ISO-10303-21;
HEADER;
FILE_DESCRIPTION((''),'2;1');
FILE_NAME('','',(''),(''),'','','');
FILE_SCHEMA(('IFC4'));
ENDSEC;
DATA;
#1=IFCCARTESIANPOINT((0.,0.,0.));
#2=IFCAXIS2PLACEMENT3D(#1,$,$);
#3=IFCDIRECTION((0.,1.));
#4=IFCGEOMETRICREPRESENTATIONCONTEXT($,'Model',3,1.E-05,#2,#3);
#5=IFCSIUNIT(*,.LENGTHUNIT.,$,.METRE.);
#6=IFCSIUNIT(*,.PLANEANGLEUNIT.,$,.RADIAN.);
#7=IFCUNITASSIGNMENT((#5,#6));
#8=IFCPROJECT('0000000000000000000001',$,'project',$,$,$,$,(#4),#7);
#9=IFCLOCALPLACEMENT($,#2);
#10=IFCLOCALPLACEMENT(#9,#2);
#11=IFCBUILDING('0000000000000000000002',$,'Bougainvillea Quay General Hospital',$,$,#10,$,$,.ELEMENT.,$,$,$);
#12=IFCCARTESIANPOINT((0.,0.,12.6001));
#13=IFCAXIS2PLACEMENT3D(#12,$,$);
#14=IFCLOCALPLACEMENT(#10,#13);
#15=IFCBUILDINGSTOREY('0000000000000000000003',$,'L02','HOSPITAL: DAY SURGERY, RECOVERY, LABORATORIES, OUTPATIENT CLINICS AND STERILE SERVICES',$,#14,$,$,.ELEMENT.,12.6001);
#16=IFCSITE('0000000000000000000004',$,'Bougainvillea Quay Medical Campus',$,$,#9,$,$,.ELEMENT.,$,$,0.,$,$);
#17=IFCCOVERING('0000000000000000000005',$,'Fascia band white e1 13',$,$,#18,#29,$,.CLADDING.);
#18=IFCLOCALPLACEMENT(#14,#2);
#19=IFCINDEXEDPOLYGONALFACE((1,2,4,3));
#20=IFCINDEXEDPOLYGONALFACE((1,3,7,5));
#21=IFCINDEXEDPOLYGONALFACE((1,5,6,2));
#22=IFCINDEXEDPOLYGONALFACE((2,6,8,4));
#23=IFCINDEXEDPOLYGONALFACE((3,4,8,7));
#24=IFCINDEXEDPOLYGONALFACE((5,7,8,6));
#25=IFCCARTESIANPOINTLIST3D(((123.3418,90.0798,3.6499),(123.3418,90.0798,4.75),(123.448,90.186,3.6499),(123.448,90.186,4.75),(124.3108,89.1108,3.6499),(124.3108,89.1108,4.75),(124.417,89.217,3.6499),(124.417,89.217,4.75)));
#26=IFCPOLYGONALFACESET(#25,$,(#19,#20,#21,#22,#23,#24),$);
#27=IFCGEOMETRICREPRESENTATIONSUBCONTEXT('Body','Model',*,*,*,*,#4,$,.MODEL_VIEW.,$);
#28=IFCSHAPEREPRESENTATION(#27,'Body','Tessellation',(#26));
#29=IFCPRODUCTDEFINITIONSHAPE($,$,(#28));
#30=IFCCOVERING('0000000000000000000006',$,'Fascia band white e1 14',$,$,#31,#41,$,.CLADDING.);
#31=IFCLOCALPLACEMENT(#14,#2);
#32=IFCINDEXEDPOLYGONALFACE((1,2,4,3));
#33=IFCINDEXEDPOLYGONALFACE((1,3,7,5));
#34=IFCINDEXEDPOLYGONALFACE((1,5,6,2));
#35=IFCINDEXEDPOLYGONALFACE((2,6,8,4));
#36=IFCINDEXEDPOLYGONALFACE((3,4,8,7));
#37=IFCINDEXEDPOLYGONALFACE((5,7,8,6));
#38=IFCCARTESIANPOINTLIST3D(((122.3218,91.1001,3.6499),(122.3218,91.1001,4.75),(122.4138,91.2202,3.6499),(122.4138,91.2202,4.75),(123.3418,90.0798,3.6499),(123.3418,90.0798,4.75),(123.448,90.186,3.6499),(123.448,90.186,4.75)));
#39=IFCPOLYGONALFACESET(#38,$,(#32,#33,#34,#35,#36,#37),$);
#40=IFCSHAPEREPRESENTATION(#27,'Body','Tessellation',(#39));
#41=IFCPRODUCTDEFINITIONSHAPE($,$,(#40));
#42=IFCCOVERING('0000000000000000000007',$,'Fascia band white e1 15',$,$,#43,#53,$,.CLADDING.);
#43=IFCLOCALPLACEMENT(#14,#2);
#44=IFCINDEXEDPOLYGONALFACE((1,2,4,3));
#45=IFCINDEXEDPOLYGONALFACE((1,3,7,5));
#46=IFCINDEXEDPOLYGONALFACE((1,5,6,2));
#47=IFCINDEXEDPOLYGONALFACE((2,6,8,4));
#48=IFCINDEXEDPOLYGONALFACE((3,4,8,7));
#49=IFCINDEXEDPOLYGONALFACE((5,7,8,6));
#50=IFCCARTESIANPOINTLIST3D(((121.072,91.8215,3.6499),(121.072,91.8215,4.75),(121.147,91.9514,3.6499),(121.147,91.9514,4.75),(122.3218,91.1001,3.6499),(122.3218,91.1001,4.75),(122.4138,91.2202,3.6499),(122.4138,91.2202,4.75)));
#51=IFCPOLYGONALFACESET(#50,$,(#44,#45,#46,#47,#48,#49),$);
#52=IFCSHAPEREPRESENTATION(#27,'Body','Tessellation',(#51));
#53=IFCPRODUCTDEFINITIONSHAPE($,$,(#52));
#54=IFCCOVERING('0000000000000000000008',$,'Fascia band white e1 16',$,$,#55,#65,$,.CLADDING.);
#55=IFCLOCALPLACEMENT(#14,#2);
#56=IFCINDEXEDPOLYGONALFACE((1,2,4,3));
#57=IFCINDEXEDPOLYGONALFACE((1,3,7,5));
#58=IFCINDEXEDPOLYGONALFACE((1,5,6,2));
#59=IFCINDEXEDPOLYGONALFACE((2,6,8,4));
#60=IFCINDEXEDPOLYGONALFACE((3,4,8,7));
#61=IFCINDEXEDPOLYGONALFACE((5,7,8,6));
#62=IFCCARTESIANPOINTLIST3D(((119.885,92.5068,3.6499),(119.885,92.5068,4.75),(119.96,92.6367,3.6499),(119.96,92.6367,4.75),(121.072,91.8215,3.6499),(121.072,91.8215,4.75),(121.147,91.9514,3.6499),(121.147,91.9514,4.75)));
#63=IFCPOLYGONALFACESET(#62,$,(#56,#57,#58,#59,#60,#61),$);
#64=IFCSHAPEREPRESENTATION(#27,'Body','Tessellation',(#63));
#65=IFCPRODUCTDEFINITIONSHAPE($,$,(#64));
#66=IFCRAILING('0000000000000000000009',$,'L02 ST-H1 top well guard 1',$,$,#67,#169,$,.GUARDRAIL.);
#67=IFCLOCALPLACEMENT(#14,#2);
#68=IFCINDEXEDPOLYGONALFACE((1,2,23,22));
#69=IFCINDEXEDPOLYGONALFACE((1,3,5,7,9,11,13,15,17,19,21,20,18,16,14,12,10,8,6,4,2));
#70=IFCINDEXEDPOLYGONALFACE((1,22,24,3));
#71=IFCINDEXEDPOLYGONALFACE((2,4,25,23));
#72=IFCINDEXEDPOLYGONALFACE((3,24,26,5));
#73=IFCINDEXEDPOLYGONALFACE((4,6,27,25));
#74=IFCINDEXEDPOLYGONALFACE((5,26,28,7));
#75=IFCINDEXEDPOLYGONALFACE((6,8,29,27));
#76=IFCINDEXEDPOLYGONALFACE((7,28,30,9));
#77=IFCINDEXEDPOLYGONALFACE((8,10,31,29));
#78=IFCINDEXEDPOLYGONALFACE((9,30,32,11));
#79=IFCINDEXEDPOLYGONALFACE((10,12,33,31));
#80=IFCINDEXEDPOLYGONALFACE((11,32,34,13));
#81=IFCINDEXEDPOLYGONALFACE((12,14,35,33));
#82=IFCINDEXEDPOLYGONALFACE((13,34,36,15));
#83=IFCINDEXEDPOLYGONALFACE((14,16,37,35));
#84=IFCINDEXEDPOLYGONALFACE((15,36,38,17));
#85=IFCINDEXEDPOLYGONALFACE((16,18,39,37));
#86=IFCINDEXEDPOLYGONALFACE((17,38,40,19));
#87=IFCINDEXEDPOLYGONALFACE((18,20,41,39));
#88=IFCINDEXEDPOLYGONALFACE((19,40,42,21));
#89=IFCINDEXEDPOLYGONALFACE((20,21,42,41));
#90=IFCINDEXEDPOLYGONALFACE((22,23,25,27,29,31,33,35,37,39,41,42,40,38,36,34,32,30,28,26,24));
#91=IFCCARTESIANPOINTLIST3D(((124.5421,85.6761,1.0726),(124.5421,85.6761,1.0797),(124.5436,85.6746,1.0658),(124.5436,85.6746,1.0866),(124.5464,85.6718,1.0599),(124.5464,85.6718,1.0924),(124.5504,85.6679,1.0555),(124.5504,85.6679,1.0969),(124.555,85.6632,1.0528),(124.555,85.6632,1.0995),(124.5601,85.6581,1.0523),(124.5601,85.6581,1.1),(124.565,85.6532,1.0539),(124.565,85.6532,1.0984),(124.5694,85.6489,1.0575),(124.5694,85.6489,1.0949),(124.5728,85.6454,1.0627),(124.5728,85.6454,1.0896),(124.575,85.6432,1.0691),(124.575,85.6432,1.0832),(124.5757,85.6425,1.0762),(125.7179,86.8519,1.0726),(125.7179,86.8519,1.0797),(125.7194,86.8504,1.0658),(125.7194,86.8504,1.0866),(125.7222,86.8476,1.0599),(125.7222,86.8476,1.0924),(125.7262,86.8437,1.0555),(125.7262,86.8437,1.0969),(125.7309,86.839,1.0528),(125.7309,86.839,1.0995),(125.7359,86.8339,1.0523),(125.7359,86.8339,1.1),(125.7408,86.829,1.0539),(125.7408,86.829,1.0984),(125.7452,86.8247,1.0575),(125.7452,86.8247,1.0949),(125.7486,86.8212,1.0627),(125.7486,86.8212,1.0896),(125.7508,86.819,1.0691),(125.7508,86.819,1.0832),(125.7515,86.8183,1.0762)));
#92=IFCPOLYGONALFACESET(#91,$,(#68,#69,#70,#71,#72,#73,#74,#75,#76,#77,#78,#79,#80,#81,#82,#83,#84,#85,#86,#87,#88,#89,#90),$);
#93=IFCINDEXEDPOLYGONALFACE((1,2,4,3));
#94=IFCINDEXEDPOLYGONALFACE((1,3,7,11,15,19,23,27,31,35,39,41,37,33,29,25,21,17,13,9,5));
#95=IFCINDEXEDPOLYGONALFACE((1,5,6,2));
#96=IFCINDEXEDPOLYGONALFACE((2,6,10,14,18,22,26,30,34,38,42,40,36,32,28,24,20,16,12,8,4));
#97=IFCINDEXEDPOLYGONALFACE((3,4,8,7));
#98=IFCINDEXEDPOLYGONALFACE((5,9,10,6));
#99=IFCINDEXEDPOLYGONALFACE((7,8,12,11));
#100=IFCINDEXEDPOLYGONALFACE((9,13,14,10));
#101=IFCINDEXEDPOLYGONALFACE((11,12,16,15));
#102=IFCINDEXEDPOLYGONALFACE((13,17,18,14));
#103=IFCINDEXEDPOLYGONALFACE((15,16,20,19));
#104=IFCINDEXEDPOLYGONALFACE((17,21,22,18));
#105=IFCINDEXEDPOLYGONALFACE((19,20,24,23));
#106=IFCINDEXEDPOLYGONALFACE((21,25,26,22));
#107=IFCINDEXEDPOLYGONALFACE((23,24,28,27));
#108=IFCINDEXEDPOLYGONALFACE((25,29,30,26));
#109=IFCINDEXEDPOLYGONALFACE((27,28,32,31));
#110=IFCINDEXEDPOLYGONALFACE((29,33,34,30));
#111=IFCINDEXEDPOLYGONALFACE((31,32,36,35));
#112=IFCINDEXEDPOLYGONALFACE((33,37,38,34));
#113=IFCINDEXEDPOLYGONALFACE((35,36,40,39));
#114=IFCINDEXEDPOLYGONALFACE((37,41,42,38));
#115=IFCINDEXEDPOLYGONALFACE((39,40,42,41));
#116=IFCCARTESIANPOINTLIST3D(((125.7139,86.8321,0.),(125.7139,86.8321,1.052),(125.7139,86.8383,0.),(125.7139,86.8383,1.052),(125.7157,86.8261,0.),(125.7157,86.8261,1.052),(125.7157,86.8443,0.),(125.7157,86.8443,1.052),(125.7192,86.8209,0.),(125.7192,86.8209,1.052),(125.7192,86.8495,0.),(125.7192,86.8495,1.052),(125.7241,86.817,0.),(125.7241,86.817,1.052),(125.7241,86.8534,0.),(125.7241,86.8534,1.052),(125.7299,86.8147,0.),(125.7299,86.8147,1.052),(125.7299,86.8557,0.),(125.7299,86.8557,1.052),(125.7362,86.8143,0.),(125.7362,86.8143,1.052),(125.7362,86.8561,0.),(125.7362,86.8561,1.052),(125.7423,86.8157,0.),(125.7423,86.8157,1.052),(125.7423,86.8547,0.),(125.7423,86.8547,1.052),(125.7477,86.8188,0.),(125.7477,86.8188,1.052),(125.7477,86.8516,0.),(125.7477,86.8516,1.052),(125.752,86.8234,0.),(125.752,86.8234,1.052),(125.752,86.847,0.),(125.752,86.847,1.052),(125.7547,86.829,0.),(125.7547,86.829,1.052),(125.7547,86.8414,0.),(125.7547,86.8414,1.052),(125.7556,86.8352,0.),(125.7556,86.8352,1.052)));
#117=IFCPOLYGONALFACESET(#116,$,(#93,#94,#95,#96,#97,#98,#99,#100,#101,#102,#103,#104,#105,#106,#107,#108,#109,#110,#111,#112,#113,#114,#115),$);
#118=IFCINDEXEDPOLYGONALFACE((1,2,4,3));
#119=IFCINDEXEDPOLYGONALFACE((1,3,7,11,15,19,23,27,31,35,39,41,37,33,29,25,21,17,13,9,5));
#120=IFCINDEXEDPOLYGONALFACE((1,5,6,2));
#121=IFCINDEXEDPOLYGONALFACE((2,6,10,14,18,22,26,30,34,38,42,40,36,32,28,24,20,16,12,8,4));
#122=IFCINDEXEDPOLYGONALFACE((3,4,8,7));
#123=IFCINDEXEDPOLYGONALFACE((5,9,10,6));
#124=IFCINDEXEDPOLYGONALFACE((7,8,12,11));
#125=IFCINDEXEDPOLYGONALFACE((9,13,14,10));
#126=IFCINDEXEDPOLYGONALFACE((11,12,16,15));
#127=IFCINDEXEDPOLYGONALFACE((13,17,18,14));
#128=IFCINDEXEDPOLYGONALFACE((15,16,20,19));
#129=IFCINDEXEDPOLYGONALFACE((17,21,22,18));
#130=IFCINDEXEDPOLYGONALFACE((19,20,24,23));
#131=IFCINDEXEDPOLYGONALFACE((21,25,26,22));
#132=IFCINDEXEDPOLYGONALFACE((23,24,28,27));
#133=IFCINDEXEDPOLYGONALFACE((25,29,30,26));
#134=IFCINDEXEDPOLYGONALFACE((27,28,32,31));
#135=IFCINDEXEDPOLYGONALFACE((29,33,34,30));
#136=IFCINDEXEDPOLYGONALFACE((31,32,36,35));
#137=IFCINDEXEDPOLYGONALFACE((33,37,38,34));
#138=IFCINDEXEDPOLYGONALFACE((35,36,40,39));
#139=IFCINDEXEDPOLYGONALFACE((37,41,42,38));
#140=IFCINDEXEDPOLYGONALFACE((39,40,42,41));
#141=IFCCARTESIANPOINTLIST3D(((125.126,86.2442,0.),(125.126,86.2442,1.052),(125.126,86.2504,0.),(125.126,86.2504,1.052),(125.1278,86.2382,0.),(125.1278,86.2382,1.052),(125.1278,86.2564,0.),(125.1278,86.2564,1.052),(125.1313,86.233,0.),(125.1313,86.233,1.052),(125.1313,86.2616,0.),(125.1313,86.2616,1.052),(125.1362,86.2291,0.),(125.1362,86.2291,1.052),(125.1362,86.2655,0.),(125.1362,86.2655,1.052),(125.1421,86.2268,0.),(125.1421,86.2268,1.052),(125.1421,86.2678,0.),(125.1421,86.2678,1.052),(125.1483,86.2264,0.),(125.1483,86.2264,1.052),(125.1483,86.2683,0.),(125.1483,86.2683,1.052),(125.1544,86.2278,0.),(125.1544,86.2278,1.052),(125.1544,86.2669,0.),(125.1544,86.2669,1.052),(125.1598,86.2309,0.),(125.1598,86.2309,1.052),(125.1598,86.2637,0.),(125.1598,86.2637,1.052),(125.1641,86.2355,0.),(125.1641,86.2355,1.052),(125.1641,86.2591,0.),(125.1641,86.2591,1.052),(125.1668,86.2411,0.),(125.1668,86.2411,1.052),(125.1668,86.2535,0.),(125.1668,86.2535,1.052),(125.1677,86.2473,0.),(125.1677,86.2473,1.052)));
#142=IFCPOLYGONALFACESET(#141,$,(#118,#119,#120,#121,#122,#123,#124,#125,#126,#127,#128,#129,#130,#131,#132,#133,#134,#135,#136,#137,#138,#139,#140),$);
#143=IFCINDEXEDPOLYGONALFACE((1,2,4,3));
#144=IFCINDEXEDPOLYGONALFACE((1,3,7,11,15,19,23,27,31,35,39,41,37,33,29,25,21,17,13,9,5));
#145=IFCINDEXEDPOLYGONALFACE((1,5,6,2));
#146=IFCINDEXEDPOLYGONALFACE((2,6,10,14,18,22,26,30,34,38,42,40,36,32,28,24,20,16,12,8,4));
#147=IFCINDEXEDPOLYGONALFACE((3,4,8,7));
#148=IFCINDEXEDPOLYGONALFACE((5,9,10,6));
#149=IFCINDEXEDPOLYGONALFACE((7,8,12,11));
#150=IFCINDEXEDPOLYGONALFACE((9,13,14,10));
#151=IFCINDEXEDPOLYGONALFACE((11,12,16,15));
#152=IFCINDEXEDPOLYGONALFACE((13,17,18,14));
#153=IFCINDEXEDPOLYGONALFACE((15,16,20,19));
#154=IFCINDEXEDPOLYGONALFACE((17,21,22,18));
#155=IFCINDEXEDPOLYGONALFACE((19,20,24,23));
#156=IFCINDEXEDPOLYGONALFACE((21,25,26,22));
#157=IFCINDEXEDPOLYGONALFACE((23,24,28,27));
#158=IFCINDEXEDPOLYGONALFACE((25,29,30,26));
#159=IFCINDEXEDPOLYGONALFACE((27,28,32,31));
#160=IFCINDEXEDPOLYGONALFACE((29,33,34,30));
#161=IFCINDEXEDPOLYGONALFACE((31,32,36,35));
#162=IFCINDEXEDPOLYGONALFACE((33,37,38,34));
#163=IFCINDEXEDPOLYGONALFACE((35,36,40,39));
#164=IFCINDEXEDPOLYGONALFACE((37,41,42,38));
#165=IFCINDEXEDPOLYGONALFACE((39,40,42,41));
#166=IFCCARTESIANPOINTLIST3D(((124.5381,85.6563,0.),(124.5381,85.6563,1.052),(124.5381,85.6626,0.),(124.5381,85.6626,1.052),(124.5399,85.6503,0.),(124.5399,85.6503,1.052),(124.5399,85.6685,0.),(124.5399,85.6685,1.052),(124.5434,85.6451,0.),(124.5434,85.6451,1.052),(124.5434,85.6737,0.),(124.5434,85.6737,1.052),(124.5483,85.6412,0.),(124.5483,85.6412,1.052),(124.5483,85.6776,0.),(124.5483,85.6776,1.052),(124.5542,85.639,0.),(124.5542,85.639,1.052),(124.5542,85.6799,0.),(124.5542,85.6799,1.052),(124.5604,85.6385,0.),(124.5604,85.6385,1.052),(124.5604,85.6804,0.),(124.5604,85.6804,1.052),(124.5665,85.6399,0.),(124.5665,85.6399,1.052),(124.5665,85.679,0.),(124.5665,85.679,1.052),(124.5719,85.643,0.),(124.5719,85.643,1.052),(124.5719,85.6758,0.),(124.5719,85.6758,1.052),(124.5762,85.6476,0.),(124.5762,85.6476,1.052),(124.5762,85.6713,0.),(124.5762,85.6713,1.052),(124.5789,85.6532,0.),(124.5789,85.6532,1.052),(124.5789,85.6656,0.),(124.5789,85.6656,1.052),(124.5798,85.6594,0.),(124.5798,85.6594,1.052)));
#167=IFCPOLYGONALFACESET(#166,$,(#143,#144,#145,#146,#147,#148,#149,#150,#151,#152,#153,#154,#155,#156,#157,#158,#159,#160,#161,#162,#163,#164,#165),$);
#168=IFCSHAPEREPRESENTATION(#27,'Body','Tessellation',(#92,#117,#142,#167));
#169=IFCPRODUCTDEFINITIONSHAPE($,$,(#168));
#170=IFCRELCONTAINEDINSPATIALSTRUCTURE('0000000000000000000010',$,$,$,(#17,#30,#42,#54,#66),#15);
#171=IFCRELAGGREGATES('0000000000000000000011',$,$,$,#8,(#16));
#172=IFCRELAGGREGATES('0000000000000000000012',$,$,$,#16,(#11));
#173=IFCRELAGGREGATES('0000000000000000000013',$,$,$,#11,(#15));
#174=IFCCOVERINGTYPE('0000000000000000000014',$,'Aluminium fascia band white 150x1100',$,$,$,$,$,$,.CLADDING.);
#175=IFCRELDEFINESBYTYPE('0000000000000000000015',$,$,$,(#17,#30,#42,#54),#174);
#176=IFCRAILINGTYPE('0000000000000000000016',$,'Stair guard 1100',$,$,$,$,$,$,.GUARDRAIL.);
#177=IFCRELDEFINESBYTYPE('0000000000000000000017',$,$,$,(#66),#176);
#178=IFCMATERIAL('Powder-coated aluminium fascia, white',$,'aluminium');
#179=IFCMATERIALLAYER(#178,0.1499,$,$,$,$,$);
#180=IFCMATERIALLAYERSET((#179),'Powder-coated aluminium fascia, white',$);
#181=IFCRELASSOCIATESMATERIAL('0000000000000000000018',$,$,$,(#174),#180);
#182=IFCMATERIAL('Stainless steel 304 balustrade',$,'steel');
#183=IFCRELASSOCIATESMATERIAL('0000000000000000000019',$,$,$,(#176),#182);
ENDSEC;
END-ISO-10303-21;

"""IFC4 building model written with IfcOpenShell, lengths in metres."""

from ifc_helpers import new_model, si_unit, direction, frame, origin, origin_2d, place, context, subcontext, project, spatial, polyline, circle, outline, extrude, material, layer, layer_set, type_object, element, save


model = new_model("IFC4")

# Units and contexts
model_context = context("Model", 3, precision=1e-05, world=origin(), true_north=direction((0.0, 1.0)))
body_context = subcontext(model_context, "Body", "Model", "MODEL_VIEW")
ifc_project = project(units=[si_unit("LENGTHUNIT", "METRE"), si_unit("PLANEANGLEUNIT", "RADIAN")], contexts=[model_context])

# Site, building, storey
site_placement = place(None, origin())
site = spatial("IfcSite", under=ifc_project, at=site_placement, Name="Bougainvillea Quay Medical Campus", CompositionType="ELEMENT", RefElevation=0.0)
building_placement = place(site_placement, origin())
building = spatial("IfcBuilding", under=site, at=building_placement, Name="Bougainvillea Quay General Hospital", CompositionType="ELEMENT")
storey_placement = place(building_placement, frame((0.0, 0.0, 12.6001)))
storey = spatial("IfcBuildingStorey", under=building, at=storey_placement, Name="L02", Description="HOSPITAL: DAY SURGERY, RECOVERY, LABORATORIES, OUTPATIENT CLINICS AND STERILE SERVICES", CompositionType="ELEMENT", Elevation=12.6001)

# Coverings
ifc_material_1 = material(Name="Powder-coated aluminium fascia, white", Category="aluminium")
ifc_layer_1 = layer(ifc_material_1, 0.1499)
ifc_layer_set_1 = layer_set([ifc_layer_1], Name="Powder-coated aluminium fascia, white")
covering_type = type_object("IfcCoveringType", Name="Aluminium fascia band white 150x1100", PredefinedType="CLADDING", material=ifc_layer_set_1)
covering_1_placement = place(storey_placement, frame((124.3108, 89.1108, 3.6499), z_axis=(0.0, 0.0, 1.0), x_axis=(-0.707107, 0.707107, 0.0)))
element("IfcCovering", 1, at=covering_1_placement, inside=storey, type_object=covering_type, Name="Fascia band white e1 13", PredefinedType="CLADDING", context=body_context, shape_type="SweptSolid", body=[
    extrude(outline(polyline([(0.0, 0.0), (1.3704, 0.0), (1.3704, -0.1502), (0.0, -0.1502), (0.0, 0.0)])), origin(), (0.0, 0.0, 1.0), 1.1001),
])
covering_2_placement = place(storey_placement, frame((123.3418, 90.0798, 3.6499), z_axis=(0.0, 0.0, 1.0), x_axis=(-0.707022, 0.707191, 0.0)))
element("IfcCovering", 2, at=covering_2_placement, inside=storey, type_object=covering_type, Name="Fascia band white e1 14", PredefinedType="CLADDING", context=body_context, shape_type="SweptSolid", body=[
    extrude(outline(polyline([(0.0, 0.0), (1.4427, 0.0), (1.4626, -0.15), (0.0, -0.1502), (0.0, 0.0)])), origin(), (0.0, 0.0, 1.0), 1.1001),
])
covering_3_placement = place(storey_placement, frame((122.3218, 91.1001, 3.6499), z_axis=(0.0, 0.0, 1.0), x_axis=(-0.866059, 0.499942, 0.0)))
element("IfcCovering", 3, at=covering_3_placement, inside=storey, type_object=covering_type, Name="Fascia band white e1 15", PredefinedType="CLADDING", context=body_context, shape_type="SweptSolid", body=[
    extrude(outline(polyline([(0.0, 0.0), (1.443, 0.0), (1.4431, -0.15), (-0.0197, -0.15), (0.0, 0.0)])), origin(), (0.0, 0.0, 1.0), 1.1001),
])
covering_4_placement = place(storey_placement, frame((121.072, 91.8215, 3.6499), z_axis=(0.0, 0.0, 1.0), x_axis=(-0.866031, 0.49999, 0.0)))
element("IfcCovering", 4, at=covering_4_placement, inside=storey, type_object=covering_type, Name="Fascia band white e1 16", PredefinedType="CLADDING", context=body_context, shape_type="SweptSolid", body=[
    extrude(outline(polyline([(0.0, 0.0), (1.3706, 0.0), (1.3707, -0.15), (0.0, -0.15), (0.0, 0.0)])), origin(), (0.0, 0.0, 1.0), 1.1001),
])

# Railing
ifc_material_2 = material(Name="Stainless steel 304 balustrade", Category="steel")
railing_type = type_object("IfcRailingType", Name="Stair guard 1100", PredefinedType="GUARDRAIL", material=ifc_material_2)
railing_1_placement = place(storey_placement, frame((125.7346, 86.8352, 0.0)))
element("IfcRailing", 5, at=railing_1_placement, inside=storey, type_object=railing_type, Name="L02 ST-H1 top well guard 1", PredefinedType="GUARDRAIL", context=body_context, shape_type="SweptSolid", body=[
    extrude(circle(Radius=0.0239, at=origin_2d()), frame((0.0, 0.0, 1.0762), z_axis=(-0.707107, -0.707107, 0.0), x_axis=(0.707107, -0.707107, 0.0)), (0.0, 0.0, 1.0), 1.6628),
    extrude(circle(Radius=0.021, at=origin_2d()), origin(), (0.0, 0.0, 1.0), 1.052),
    extrude(circle(Radius=0.021, at=origin_2d()), frame((-0.5879, -0.5879, 0.0)), (0.0, 0.0, 1.0), 1.052),
    extrude(circle(Radius=0.021, at=origin_2d()), frame((-1.1758, -1.1758, 0.0)), (0.0, 0.0, 1.0), 1.052),
])

save(model, "model.ifc")
